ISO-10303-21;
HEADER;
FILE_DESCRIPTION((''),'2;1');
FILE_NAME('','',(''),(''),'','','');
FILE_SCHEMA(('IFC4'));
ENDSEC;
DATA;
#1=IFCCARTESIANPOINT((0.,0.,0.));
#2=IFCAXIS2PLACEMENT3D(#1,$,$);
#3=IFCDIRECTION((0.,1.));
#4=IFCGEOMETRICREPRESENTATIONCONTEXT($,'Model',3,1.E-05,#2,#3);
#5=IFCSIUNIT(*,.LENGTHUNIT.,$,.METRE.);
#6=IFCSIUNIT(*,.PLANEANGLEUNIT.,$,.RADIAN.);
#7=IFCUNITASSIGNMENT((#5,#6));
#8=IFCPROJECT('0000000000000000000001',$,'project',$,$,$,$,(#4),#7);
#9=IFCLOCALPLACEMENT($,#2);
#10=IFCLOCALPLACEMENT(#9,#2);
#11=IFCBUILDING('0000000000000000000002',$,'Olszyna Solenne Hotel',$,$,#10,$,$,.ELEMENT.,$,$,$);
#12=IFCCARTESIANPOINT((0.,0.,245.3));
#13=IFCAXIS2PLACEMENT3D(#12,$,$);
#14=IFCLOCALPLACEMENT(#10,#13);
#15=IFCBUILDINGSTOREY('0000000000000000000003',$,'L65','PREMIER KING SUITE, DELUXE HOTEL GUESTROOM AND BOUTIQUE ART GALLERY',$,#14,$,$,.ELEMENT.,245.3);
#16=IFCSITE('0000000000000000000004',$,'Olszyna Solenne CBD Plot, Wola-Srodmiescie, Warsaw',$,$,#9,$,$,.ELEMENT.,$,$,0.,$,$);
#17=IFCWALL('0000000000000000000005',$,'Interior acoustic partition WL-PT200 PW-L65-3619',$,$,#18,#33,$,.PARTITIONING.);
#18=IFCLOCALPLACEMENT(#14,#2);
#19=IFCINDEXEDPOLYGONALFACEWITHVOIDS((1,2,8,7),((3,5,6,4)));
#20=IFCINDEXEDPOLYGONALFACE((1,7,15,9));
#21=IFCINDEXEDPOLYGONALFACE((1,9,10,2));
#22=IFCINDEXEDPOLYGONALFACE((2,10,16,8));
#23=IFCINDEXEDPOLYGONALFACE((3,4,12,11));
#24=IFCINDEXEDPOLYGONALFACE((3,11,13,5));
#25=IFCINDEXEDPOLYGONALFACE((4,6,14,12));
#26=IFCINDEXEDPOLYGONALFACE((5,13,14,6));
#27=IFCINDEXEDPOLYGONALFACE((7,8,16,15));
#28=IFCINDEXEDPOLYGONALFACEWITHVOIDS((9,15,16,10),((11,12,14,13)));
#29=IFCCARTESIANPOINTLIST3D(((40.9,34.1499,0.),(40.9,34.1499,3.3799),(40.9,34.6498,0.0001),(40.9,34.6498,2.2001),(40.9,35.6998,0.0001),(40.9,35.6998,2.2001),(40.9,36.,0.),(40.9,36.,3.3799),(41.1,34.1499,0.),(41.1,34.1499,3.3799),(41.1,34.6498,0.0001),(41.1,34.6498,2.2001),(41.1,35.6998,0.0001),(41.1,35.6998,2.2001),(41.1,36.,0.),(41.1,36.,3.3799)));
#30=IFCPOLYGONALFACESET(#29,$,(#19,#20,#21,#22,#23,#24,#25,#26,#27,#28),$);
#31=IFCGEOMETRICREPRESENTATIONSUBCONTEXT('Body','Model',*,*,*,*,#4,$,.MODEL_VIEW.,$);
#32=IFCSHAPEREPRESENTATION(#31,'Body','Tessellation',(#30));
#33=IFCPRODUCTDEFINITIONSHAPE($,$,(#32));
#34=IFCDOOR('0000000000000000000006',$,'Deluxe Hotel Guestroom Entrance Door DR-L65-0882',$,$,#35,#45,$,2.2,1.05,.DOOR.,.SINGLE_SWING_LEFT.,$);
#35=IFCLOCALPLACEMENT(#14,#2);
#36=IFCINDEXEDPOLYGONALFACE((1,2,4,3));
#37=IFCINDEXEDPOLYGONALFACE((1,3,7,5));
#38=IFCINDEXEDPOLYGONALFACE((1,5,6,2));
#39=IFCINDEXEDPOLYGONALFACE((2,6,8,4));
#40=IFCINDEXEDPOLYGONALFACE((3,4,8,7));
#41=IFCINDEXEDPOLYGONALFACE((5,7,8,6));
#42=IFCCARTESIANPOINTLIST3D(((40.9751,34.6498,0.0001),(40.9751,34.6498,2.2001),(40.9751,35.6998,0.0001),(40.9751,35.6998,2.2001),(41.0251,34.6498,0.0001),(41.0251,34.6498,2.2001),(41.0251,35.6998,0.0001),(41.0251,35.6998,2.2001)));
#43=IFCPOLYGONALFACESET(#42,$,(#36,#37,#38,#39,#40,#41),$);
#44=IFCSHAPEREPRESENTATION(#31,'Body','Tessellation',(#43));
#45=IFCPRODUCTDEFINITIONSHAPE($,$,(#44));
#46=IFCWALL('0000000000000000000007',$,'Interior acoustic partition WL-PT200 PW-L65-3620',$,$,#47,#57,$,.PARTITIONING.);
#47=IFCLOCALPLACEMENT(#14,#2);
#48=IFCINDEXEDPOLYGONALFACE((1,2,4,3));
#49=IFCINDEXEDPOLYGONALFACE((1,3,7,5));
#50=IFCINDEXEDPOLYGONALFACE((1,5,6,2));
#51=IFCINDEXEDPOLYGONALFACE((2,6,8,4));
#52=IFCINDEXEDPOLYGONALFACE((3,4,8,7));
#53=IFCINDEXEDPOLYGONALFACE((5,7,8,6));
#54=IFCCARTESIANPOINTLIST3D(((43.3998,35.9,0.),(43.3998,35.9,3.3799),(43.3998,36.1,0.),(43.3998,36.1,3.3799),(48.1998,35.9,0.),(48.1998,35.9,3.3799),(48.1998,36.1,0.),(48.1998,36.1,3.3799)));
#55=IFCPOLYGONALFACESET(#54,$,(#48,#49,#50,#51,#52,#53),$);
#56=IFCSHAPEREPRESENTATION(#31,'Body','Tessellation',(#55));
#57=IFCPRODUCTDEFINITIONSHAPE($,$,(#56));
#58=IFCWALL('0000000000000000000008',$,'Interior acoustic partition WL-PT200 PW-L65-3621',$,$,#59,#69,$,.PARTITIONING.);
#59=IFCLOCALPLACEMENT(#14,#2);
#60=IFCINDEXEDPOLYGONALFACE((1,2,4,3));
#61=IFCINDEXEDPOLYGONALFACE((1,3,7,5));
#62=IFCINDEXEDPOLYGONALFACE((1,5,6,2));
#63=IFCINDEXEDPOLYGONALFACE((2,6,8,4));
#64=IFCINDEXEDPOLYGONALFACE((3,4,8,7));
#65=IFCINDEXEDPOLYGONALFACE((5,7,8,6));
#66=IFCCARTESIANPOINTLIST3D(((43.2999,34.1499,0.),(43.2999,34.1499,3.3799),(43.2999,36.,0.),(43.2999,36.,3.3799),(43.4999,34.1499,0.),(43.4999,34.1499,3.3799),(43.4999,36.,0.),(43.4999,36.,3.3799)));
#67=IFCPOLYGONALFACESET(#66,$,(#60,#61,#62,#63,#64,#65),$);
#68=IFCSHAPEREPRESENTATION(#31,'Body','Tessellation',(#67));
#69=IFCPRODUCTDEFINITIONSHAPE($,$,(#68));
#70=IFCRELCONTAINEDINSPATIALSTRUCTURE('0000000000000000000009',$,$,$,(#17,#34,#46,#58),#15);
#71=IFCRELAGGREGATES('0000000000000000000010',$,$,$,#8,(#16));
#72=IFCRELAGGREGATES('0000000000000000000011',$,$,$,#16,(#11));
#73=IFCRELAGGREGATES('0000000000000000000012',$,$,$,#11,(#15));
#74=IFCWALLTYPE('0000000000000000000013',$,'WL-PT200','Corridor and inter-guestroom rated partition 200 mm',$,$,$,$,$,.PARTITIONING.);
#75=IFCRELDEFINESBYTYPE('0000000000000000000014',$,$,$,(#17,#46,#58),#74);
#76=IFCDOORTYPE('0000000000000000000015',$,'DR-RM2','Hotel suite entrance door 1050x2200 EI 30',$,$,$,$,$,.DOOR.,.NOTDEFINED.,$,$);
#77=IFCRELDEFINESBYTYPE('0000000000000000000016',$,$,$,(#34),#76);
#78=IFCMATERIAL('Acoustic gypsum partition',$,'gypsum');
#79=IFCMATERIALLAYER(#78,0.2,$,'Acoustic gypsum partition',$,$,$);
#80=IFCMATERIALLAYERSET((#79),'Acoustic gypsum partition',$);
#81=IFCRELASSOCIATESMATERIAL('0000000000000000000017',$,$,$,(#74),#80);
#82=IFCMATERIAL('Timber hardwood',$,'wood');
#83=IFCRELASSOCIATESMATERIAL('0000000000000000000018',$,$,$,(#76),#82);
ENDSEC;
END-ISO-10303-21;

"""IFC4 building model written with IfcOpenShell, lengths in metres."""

from ifc_helpers import new_model, si_unit, direction, frame, frame_2d, origin, place, context, subcontext, project, spatial, rectangle, extrude, source, transform, mapped, material, layer, layer_set, type_object, type_shapes, element, fill, save


model = new_model("IFC4")

# Units and contexts
model_context = context("Model", 3, precision=1e-05, world=origin(), true_north=direction((0.0, 1.0)))
body_context = subcontext(model_context, "Body", "Model", "MODEL_VIEW")
ifc_project = project(units=[si_unit("LENGTHUNIT", "METRE"), si_unit("PLANEANGLEUNIT", "RADIAN")], contexts=[model_context])

# Site, building, storey
site_placement = place(None, origin())
site = spatial("IfcSite", under=ifc_project, at=site_placement, Name="Olszyna Solenne CBD Plot, Wola-Srodmiescie, Warsaw", CompositionType="ELEMENT", RefElevation=0.0)
building_placement = place(site_placement, origin())
building = spatial("IfcBuilding", under=site, at=building_placement, Name="Olszyna Solenne Hotel", CompositionType="ELEMENT")
storey_placement = place(building_placement, frame((0.0, 0.0, 245.3)))
storey = spatial("IfcBuildingStorey", under=building, at=storey_placement, Name="L65", Description="PREMIER KING SUITE, DELUXE HOTEL GUESTROOM AND BOUTIQUE ART GALLERY", CompositionType="ELEMENT", Elevation=245.3)

# Shared definitions
ifc_material_1 = material(Name="Acoustic gypsum partition", Category="gypsum")

# Shared definitions
ifc_layer_1 = layer(ifc_material_1, 0.2, Name="Acoustic gypsum partition")
ifc_layer_set_1 = layer_set([ifc_layer_1], Name="Acoustic gypsum partition")
wall_type_1 = type_object("IfcWallType", Name="WL-PT200", Description="Corridor and inter-guestroom rated partition 200 mm", PredefinedType="PARTITIONING", material=ifc_layer_set_1)

# Wall, opening, door
wall_1_placement = place(storey_placement, frame((41.0, 34.1499, 0.0), z_axis=(0.0, 0.0, 1.0), x_axis=(0.0, 1.0, 0.0)))
wall_1 = element("IfcWall", 1, at=wall_1_placement, inside=storey, type_object=wall_type_1, Name="Interior acoustic partition WL-PT200 PW-L65-3619", PredefinedType="PARTITIONING", context=body_context, shape_type="SweptSolid", body=[
    extrude(rectangle(XDim=1.8501, YDim=0.2, at=frame_2d((0.925, 0.0))), origin(), (0.0, 0.0, 1.0), 3.3799),
])
opening_1_placement = place(wall_1_placement, frame((0.5, 0.0, 0.0)))
opening_1 = element("IfcOpeningElement", 2, at=opening_1_placement, cuts=wall_1, PredefinedType="OPENING", context=body_context, shape_type="SweptSolid", body=[
    extrude(rectangle(XDim=1.05, YDim=2.2, at=frame_2d((0.5249, 1.1001))), frame((0.0, 0.1099, 0.0), z_axis=(0.0, -1.0, 0.0), x_axis=(1.0, 0.0, 0.0)), (0.0, 0.0, 1.0), 0.22),
])
ifc_material_2 = material(Name="Timber hardwood", Category="wood")
door_type_1 = type_object("IfcDoorType", Name="DR-RM2", Description="Hotel suite entrance door 1050x2200 EI 30", OperationType="NOTDEFINED", PredefinedType="DOOR", material=ifc_material_2)
shared_shape_1 = source(origin(), body_context, "Body", "SweptSolid", [
    extrude(rectangle(XDim=1.05, YDim=2.2, at=frame_2d((0.5249, 1.1001))), frame((0.0, 0.0249, 0.0), z_axis=(0.0, -1.0, 0.0), x_axis=(1.0, 0.0, 0.0)), (0.0, 0.0, 1.0), 0.05),
])
type_shapes(door_type_1, [shared_shape_1])
door_1_placement = place(opening_1_placement, origin())
door_1 = element("IfcDoor", 3, at=door_1_placement, inside=storey, type_object=door_type_1, Name="Deluxe Hotel Guestroom Entrance Door DR-L65-0882", OperationType="SINGLE_SWING_LEFT", OverallHeight=2.2, OverallWidth=1.05, PredefinedType="DOOR", context=body_context, shape_type="MappedRepresentation", body=[
    mapped(shared_shape_1, transform((0.0, 0.0, 0.0), x_axis=(1.0, 0.0, 0.0), y_axis=(0.0, 1.0, 0.0), z_axis=(0.0, 0.0, 1.0), scale=1.0)),
])
fill(opening_1, door_1)

# Walls
wall_2_placement = place(storey_placement, frame((43.3999, 36.0, 0.0), z_axis=(0.0, 0.0, 1.0), x_axis=(1.0, 0.0, 0.0)))
element("IfcWall", 4, at=wall_2_placement, inside=storey, type_object=wall_type_1, Name="Interior acoustic partition WL-PT200 PW-L65-3620", PredefinedType="PARTITIONING", context=body_context, shape_type="SweptSolid", body=[
    extrude(rectangle(XDim=4.8, YDim=0.2, at=frame_2d((2.3999, 0.0))), origin(), (0.0, 0.0, 1.0), 3.3799),
])
wall_3_placement = place(storey_placement, frame((43.3999, 34.1499, 0.0), z_axis=(0.0, 0.0, 1.0), x_axis=(0.0, 1.0, 0.0)))
element("IfcWall", 5, at=wall_3_placement, inside=storey, type_object=wall_type_1, Name="Interior acoustic partition WL-PT200 PW-L65-3621", PredefinedType="PARTITIONING", context=body_context, shape_type="SweptSolid", body=[
    extrude(rectangle(XDim=1.8501, YDim=0.2, at=frame_2d((0.925, 0.0))), origin(), (0.0, 0.0, 1.0), 3.3799),
])

save(model, "model.ifc")
